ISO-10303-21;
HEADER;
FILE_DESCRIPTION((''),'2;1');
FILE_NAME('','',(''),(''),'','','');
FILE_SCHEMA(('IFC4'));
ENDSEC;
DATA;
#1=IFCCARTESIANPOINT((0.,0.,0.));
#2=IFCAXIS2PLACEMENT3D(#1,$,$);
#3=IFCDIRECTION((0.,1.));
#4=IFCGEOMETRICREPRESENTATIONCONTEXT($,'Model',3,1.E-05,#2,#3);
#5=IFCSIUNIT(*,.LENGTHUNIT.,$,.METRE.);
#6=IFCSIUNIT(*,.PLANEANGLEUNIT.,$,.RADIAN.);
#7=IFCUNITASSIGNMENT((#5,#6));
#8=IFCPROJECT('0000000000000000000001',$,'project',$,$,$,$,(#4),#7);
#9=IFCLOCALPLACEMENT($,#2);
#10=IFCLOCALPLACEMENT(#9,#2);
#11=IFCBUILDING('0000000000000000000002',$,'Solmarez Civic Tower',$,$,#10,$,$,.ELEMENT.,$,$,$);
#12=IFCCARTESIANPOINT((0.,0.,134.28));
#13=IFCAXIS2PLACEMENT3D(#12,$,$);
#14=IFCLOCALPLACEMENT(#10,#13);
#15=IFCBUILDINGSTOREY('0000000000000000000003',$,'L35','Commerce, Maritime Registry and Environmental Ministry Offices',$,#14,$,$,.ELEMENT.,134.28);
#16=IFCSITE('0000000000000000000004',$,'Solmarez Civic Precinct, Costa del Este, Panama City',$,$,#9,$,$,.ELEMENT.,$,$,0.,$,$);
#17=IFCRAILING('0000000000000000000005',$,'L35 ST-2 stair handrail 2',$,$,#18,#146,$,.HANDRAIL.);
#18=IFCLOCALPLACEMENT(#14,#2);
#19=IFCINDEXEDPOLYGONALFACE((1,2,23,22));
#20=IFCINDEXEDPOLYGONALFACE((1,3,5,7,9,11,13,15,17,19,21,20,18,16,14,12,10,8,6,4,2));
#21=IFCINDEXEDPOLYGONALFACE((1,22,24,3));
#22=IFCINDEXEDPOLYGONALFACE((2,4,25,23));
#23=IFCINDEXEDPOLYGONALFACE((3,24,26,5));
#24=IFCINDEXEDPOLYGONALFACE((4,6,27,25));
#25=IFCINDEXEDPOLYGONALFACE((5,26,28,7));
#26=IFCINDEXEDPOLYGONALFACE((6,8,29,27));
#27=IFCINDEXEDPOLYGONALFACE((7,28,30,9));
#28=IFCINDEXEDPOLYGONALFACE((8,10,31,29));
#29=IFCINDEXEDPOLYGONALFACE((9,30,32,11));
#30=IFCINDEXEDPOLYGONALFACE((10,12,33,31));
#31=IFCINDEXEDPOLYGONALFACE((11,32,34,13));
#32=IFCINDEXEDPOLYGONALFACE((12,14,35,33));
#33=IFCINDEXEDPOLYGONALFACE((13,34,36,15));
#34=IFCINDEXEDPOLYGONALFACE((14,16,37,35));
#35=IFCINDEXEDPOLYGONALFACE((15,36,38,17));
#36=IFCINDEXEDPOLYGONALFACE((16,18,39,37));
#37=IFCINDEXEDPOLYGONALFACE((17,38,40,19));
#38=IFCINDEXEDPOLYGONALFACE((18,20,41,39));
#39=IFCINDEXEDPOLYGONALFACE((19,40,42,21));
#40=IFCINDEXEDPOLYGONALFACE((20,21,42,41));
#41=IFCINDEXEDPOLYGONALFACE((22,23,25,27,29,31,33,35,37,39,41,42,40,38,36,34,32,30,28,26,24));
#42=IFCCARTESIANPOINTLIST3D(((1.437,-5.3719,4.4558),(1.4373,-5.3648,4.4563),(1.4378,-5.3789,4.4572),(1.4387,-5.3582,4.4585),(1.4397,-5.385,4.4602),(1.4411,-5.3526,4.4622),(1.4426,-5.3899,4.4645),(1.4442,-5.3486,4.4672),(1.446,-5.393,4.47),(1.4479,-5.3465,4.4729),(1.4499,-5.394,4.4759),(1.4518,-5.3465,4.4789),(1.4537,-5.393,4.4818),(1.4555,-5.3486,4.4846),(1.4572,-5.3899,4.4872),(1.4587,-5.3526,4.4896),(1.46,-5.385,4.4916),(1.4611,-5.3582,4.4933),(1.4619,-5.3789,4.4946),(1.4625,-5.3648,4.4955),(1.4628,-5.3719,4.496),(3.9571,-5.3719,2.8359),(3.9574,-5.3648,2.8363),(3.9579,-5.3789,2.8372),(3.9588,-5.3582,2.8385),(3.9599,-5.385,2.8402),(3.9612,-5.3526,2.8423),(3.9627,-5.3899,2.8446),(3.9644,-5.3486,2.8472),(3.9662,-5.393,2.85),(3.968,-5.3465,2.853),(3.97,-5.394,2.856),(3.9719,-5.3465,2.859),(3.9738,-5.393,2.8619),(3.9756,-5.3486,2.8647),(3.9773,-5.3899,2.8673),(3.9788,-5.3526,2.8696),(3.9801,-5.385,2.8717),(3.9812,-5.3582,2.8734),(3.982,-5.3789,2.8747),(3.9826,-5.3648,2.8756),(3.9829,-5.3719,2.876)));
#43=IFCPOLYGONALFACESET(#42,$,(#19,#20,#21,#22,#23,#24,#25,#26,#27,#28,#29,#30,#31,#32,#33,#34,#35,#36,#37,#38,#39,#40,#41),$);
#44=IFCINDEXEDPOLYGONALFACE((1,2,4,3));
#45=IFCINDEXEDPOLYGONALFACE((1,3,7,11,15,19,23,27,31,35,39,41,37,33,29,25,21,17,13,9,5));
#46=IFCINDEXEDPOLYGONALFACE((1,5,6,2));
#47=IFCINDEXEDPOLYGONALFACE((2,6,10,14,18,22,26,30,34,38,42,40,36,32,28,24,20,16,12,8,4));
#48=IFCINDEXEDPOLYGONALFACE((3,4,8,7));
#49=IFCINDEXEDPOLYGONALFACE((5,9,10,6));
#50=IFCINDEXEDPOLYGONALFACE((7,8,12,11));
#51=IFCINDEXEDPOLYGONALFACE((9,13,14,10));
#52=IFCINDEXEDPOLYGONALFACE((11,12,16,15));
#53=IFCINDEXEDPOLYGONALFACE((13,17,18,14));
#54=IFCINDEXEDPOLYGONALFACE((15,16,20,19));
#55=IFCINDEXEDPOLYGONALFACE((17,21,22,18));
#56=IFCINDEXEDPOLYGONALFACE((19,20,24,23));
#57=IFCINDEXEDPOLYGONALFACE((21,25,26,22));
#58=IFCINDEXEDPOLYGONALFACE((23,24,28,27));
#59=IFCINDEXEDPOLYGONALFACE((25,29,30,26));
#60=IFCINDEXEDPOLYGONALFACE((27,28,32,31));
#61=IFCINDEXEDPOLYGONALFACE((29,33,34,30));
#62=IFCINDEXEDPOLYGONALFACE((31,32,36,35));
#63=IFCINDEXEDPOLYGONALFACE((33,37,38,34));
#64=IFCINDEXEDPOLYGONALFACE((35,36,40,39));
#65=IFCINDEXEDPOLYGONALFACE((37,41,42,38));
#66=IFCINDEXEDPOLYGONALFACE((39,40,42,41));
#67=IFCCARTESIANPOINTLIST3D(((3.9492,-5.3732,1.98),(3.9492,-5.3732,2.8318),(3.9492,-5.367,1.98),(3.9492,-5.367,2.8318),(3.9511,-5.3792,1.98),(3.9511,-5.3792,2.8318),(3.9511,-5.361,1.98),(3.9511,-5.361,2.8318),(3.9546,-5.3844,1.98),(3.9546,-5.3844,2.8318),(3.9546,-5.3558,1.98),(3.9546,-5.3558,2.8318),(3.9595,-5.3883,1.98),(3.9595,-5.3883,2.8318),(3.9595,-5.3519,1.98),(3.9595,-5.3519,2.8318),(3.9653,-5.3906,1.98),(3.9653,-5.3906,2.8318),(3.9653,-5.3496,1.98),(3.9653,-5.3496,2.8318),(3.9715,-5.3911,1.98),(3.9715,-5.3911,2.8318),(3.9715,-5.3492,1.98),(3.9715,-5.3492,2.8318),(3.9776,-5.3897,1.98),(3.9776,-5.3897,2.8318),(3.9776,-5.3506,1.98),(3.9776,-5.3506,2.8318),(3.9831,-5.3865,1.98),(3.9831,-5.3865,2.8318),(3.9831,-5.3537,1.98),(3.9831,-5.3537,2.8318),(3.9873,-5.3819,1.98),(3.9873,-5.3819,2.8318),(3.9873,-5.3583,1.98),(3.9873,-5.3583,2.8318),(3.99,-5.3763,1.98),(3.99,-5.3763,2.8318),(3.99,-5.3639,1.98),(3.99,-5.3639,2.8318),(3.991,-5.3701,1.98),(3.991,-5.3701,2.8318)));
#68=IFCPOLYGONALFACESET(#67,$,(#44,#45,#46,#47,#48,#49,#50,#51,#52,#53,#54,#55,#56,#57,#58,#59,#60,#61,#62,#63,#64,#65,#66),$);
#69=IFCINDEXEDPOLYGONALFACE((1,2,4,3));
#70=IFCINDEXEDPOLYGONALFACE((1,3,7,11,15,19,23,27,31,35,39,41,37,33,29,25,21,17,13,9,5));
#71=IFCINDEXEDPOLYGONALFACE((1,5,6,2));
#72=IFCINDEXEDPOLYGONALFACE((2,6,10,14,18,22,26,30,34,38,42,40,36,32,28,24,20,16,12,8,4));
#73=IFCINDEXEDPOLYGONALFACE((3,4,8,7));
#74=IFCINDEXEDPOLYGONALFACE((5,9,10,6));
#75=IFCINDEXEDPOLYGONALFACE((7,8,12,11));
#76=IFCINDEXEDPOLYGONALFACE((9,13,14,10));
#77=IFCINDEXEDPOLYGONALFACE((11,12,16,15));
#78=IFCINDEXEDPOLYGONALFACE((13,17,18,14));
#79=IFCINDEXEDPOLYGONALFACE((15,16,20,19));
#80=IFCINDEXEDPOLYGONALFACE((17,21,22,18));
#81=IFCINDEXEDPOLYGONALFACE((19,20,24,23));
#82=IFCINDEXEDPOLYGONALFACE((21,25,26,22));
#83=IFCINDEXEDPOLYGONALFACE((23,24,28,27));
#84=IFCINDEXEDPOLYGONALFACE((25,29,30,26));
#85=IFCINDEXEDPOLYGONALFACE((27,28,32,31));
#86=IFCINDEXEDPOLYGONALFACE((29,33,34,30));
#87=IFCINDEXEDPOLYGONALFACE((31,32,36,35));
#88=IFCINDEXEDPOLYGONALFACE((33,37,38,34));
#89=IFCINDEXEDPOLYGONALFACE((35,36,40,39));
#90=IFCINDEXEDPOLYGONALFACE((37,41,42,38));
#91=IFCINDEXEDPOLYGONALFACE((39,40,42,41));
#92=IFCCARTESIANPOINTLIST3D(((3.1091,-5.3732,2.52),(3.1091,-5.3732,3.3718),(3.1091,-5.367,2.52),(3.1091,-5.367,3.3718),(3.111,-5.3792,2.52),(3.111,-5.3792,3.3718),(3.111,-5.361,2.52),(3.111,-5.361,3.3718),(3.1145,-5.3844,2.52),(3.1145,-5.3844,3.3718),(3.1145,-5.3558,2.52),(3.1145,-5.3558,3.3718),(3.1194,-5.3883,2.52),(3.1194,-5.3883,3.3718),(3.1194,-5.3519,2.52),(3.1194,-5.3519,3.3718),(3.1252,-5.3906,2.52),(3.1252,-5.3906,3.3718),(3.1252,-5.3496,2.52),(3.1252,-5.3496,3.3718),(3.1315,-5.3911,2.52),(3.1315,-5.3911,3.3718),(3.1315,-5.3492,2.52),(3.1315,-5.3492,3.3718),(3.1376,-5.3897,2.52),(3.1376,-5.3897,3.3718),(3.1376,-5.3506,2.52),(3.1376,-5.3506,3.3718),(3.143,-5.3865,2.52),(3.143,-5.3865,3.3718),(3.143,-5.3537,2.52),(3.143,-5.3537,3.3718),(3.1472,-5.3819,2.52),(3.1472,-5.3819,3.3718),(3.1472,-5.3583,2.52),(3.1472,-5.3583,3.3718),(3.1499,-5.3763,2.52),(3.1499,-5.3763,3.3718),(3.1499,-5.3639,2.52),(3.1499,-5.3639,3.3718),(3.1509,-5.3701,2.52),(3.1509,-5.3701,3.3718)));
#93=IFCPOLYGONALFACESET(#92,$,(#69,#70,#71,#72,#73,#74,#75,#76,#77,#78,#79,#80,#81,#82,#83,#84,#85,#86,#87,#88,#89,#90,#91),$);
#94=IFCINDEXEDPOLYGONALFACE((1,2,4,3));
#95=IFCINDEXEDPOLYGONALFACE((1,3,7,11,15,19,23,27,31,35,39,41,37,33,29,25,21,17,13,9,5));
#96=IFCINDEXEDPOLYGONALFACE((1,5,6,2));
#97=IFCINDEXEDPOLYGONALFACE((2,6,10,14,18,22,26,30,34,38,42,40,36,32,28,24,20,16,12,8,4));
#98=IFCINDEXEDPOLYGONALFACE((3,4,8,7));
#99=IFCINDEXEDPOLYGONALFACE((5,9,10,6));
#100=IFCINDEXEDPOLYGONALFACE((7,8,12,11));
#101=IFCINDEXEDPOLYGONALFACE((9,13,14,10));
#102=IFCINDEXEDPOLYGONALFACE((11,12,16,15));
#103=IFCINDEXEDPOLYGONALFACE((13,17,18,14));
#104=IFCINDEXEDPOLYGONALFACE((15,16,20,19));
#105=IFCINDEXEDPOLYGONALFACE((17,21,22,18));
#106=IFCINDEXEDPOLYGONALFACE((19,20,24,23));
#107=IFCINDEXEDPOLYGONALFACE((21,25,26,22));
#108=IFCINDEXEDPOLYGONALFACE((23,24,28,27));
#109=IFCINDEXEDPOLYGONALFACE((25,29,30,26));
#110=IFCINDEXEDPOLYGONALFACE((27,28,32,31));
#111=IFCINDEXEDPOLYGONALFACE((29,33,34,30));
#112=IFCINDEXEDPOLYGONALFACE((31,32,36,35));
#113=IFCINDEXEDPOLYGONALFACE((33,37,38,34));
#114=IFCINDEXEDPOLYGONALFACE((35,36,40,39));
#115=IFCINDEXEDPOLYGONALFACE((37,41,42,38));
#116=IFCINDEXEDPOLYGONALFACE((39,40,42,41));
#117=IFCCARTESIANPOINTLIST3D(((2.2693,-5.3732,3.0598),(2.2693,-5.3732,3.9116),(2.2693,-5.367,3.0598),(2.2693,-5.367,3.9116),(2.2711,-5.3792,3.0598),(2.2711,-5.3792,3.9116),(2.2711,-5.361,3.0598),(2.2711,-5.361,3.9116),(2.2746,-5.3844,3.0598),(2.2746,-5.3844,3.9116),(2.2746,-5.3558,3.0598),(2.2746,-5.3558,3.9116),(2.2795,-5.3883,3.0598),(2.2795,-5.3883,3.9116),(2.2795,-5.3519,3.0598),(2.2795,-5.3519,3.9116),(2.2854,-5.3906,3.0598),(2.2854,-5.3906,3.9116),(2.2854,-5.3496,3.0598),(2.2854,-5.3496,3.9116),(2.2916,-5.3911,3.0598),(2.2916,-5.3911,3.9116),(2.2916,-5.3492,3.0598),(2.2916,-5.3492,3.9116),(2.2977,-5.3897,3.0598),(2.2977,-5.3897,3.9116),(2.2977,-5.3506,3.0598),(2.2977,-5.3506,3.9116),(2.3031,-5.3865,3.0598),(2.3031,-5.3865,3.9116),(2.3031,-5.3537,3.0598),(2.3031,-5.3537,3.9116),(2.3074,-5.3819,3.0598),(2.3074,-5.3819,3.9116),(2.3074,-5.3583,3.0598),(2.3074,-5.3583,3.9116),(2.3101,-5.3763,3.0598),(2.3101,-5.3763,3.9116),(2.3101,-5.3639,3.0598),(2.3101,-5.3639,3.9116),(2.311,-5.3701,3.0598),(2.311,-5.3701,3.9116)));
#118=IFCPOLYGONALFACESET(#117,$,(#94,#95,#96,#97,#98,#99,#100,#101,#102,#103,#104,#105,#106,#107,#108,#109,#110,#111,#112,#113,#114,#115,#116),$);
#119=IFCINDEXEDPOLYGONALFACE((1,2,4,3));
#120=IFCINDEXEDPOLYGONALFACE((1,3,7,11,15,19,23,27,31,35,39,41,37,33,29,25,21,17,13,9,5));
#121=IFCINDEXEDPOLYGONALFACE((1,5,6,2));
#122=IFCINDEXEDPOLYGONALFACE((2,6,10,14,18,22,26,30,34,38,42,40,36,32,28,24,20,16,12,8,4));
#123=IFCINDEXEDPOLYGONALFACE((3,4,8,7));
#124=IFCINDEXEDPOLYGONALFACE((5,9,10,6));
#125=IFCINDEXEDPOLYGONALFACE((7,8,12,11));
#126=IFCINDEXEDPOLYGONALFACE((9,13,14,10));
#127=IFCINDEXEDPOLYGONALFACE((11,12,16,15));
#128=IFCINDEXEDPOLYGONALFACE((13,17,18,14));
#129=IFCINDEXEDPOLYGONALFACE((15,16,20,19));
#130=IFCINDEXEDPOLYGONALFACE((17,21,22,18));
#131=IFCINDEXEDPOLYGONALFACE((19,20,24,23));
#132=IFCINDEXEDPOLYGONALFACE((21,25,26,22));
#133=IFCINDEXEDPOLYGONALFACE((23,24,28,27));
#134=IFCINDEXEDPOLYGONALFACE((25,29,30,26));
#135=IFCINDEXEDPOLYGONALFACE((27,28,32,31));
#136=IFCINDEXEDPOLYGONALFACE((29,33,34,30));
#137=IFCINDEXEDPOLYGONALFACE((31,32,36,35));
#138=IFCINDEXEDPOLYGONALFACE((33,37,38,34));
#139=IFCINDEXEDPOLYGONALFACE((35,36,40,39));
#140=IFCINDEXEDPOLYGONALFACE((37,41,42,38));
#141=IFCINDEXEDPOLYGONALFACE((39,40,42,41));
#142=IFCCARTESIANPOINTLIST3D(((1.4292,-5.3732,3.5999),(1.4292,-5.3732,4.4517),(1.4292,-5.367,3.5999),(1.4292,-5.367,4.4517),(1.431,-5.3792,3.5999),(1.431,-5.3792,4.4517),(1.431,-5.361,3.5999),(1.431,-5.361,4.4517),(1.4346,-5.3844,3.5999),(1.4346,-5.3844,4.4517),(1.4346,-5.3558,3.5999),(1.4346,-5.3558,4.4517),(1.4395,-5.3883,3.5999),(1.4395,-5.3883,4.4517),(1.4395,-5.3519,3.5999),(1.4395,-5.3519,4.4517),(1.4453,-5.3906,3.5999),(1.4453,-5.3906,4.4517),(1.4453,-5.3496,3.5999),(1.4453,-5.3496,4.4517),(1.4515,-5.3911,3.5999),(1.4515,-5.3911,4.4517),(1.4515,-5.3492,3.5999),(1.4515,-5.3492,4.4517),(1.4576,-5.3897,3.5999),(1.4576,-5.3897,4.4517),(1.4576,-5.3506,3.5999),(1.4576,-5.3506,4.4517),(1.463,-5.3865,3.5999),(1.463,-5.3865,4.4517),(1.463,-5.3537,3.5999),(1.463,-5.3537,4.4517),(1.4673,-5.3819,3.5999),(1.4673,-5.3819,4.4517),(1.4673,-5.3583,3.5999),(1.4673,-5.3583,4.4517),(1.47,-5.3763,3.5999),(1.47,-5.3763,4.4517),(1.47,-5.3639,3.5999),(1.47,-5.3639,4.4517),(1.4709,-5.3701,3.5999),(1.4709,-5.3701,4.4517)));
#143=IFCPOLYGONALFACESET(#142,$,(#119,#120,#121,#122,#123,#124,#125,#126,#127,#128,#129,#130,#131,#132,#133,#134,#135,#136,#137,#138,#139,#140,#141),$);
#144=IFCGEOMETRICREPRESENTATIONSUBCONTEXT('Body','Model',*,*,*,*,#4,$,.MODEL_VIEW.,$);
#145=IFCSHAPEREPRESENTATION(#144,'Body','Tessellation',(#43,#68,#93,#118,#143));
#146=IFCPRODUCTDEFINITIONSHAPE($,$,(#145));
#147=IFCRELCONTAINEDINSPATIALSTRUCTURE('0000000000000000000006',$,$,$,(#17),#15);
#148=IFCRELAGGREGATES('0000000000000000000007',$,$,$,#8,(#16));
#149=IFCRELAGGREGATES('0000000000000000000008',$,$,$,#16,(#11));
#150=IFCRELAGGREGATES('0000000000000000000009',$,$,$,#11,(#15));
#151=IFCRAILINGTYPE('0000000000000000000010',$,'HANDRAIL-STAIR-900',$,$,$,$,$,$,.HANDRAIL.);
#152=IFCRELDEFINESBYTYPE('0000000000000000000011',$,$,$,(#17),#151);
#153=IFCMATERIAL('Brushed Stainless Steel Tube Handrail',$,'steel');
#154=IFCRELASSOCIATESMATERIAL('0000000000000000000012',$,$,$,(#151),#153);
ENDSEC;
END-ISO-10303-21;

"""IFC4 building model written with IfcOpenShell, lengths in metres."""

from ifc_helpers import new_model, si_unit, direction, frame, origin, origin_2d, place, context, subcontext, project, spatial, circle, extrude, material, type_object, element, save


model = new_model("IFC4")

# Units and contexts
model_context = context("Model", 3, precision=1e-05, world=origin(), true_north=direction((0.0, 1.0)))
body_context = subcontext(model_context, "Body", "Model", "MODEL_VIEW")
ifc_project = project(units=[si_unit("LENGTHUNIT", "METRE"), si_unit("PLANEANGLEUNIT", "RADIAN")], contexts=[model_context])

# Site, building, storey
site_placement = place(None, origin())
site = spatial("IfcSite", under=ifc_project, at=site_placement, Name="Solmarez Civic Precinct, Costa del Este, Panama City", CompositionType="ELEMENT", RefElevation=0.0)
building_placement = place(site_placement, origin())
building = spatial("IfcBuilding", under=site, at=building_placement, Name="Solmarez Civic Tower", CompositionType="ELEMENT")
storey_placement = place(building_placement, frame((0.0, 0.0, 134.28)))
storey = spatial("IfcBuildingStorey", under=building, at=storey_placement, Name="L35", Description="Commerce, Maritime Registry and Environmental Ministry Offices", CompositionType="ELEMENT", Elevation=134.28)

# Railing
ifc_material_1 = material(Name="Brushed Stainless Steel Tube Handrail", Category="steel")
railing_type_1 = type_object("IfcRailingType", Name="HANDRAIL-STAIR-900", PredefinedType="HANDRAIL", material=ifc_material_1)
railing_1_placement = place(storey_placement, frame((3.97, -5.3701, 1.98)))
element("IfcRailing", 1, at=railing_1_placement, inside=storey, type_object=railing_type_1, Name="L35 ST-2 stair handrail 2", PredefinedType="HANDRAIL", context=body_context, shape_type="SweptSolid", body=[
    extrude(circle(Radius=0.0239, at=origin_2d()), frame((0.0, 0.0, 0.876), z_axis=(-0.8412, 0.0, 0.540725), x_axis=(0.0, -1.0, 0.0)), (0.0, 0.0, 1.0), 2.9958),
    extrude(circle(Radius=0.021, at=origin_2d()), origin(), (0.0, 0.0, 1.0), 0.8518),
    extrude(circle(Radius=0.021, at=origin_2d()), frame((-0.8401, 0.0, 0.54)), (0.0, 0.0, 1.0), 0.8518),
    extrude(circle(Radius=0.021, at=origin_2d()), frame((-1.6799, 0.0, 1.0798)), (0.0, 0.0, 1.0), 0.8518),
    extrude(circle(Radius=0.021, at=origin_2d()), frame((-2.52, 0.0, 1.6199)), (0.0, 0.0, 1.0), 0.8518),
])

save(model, "model.ifc")
